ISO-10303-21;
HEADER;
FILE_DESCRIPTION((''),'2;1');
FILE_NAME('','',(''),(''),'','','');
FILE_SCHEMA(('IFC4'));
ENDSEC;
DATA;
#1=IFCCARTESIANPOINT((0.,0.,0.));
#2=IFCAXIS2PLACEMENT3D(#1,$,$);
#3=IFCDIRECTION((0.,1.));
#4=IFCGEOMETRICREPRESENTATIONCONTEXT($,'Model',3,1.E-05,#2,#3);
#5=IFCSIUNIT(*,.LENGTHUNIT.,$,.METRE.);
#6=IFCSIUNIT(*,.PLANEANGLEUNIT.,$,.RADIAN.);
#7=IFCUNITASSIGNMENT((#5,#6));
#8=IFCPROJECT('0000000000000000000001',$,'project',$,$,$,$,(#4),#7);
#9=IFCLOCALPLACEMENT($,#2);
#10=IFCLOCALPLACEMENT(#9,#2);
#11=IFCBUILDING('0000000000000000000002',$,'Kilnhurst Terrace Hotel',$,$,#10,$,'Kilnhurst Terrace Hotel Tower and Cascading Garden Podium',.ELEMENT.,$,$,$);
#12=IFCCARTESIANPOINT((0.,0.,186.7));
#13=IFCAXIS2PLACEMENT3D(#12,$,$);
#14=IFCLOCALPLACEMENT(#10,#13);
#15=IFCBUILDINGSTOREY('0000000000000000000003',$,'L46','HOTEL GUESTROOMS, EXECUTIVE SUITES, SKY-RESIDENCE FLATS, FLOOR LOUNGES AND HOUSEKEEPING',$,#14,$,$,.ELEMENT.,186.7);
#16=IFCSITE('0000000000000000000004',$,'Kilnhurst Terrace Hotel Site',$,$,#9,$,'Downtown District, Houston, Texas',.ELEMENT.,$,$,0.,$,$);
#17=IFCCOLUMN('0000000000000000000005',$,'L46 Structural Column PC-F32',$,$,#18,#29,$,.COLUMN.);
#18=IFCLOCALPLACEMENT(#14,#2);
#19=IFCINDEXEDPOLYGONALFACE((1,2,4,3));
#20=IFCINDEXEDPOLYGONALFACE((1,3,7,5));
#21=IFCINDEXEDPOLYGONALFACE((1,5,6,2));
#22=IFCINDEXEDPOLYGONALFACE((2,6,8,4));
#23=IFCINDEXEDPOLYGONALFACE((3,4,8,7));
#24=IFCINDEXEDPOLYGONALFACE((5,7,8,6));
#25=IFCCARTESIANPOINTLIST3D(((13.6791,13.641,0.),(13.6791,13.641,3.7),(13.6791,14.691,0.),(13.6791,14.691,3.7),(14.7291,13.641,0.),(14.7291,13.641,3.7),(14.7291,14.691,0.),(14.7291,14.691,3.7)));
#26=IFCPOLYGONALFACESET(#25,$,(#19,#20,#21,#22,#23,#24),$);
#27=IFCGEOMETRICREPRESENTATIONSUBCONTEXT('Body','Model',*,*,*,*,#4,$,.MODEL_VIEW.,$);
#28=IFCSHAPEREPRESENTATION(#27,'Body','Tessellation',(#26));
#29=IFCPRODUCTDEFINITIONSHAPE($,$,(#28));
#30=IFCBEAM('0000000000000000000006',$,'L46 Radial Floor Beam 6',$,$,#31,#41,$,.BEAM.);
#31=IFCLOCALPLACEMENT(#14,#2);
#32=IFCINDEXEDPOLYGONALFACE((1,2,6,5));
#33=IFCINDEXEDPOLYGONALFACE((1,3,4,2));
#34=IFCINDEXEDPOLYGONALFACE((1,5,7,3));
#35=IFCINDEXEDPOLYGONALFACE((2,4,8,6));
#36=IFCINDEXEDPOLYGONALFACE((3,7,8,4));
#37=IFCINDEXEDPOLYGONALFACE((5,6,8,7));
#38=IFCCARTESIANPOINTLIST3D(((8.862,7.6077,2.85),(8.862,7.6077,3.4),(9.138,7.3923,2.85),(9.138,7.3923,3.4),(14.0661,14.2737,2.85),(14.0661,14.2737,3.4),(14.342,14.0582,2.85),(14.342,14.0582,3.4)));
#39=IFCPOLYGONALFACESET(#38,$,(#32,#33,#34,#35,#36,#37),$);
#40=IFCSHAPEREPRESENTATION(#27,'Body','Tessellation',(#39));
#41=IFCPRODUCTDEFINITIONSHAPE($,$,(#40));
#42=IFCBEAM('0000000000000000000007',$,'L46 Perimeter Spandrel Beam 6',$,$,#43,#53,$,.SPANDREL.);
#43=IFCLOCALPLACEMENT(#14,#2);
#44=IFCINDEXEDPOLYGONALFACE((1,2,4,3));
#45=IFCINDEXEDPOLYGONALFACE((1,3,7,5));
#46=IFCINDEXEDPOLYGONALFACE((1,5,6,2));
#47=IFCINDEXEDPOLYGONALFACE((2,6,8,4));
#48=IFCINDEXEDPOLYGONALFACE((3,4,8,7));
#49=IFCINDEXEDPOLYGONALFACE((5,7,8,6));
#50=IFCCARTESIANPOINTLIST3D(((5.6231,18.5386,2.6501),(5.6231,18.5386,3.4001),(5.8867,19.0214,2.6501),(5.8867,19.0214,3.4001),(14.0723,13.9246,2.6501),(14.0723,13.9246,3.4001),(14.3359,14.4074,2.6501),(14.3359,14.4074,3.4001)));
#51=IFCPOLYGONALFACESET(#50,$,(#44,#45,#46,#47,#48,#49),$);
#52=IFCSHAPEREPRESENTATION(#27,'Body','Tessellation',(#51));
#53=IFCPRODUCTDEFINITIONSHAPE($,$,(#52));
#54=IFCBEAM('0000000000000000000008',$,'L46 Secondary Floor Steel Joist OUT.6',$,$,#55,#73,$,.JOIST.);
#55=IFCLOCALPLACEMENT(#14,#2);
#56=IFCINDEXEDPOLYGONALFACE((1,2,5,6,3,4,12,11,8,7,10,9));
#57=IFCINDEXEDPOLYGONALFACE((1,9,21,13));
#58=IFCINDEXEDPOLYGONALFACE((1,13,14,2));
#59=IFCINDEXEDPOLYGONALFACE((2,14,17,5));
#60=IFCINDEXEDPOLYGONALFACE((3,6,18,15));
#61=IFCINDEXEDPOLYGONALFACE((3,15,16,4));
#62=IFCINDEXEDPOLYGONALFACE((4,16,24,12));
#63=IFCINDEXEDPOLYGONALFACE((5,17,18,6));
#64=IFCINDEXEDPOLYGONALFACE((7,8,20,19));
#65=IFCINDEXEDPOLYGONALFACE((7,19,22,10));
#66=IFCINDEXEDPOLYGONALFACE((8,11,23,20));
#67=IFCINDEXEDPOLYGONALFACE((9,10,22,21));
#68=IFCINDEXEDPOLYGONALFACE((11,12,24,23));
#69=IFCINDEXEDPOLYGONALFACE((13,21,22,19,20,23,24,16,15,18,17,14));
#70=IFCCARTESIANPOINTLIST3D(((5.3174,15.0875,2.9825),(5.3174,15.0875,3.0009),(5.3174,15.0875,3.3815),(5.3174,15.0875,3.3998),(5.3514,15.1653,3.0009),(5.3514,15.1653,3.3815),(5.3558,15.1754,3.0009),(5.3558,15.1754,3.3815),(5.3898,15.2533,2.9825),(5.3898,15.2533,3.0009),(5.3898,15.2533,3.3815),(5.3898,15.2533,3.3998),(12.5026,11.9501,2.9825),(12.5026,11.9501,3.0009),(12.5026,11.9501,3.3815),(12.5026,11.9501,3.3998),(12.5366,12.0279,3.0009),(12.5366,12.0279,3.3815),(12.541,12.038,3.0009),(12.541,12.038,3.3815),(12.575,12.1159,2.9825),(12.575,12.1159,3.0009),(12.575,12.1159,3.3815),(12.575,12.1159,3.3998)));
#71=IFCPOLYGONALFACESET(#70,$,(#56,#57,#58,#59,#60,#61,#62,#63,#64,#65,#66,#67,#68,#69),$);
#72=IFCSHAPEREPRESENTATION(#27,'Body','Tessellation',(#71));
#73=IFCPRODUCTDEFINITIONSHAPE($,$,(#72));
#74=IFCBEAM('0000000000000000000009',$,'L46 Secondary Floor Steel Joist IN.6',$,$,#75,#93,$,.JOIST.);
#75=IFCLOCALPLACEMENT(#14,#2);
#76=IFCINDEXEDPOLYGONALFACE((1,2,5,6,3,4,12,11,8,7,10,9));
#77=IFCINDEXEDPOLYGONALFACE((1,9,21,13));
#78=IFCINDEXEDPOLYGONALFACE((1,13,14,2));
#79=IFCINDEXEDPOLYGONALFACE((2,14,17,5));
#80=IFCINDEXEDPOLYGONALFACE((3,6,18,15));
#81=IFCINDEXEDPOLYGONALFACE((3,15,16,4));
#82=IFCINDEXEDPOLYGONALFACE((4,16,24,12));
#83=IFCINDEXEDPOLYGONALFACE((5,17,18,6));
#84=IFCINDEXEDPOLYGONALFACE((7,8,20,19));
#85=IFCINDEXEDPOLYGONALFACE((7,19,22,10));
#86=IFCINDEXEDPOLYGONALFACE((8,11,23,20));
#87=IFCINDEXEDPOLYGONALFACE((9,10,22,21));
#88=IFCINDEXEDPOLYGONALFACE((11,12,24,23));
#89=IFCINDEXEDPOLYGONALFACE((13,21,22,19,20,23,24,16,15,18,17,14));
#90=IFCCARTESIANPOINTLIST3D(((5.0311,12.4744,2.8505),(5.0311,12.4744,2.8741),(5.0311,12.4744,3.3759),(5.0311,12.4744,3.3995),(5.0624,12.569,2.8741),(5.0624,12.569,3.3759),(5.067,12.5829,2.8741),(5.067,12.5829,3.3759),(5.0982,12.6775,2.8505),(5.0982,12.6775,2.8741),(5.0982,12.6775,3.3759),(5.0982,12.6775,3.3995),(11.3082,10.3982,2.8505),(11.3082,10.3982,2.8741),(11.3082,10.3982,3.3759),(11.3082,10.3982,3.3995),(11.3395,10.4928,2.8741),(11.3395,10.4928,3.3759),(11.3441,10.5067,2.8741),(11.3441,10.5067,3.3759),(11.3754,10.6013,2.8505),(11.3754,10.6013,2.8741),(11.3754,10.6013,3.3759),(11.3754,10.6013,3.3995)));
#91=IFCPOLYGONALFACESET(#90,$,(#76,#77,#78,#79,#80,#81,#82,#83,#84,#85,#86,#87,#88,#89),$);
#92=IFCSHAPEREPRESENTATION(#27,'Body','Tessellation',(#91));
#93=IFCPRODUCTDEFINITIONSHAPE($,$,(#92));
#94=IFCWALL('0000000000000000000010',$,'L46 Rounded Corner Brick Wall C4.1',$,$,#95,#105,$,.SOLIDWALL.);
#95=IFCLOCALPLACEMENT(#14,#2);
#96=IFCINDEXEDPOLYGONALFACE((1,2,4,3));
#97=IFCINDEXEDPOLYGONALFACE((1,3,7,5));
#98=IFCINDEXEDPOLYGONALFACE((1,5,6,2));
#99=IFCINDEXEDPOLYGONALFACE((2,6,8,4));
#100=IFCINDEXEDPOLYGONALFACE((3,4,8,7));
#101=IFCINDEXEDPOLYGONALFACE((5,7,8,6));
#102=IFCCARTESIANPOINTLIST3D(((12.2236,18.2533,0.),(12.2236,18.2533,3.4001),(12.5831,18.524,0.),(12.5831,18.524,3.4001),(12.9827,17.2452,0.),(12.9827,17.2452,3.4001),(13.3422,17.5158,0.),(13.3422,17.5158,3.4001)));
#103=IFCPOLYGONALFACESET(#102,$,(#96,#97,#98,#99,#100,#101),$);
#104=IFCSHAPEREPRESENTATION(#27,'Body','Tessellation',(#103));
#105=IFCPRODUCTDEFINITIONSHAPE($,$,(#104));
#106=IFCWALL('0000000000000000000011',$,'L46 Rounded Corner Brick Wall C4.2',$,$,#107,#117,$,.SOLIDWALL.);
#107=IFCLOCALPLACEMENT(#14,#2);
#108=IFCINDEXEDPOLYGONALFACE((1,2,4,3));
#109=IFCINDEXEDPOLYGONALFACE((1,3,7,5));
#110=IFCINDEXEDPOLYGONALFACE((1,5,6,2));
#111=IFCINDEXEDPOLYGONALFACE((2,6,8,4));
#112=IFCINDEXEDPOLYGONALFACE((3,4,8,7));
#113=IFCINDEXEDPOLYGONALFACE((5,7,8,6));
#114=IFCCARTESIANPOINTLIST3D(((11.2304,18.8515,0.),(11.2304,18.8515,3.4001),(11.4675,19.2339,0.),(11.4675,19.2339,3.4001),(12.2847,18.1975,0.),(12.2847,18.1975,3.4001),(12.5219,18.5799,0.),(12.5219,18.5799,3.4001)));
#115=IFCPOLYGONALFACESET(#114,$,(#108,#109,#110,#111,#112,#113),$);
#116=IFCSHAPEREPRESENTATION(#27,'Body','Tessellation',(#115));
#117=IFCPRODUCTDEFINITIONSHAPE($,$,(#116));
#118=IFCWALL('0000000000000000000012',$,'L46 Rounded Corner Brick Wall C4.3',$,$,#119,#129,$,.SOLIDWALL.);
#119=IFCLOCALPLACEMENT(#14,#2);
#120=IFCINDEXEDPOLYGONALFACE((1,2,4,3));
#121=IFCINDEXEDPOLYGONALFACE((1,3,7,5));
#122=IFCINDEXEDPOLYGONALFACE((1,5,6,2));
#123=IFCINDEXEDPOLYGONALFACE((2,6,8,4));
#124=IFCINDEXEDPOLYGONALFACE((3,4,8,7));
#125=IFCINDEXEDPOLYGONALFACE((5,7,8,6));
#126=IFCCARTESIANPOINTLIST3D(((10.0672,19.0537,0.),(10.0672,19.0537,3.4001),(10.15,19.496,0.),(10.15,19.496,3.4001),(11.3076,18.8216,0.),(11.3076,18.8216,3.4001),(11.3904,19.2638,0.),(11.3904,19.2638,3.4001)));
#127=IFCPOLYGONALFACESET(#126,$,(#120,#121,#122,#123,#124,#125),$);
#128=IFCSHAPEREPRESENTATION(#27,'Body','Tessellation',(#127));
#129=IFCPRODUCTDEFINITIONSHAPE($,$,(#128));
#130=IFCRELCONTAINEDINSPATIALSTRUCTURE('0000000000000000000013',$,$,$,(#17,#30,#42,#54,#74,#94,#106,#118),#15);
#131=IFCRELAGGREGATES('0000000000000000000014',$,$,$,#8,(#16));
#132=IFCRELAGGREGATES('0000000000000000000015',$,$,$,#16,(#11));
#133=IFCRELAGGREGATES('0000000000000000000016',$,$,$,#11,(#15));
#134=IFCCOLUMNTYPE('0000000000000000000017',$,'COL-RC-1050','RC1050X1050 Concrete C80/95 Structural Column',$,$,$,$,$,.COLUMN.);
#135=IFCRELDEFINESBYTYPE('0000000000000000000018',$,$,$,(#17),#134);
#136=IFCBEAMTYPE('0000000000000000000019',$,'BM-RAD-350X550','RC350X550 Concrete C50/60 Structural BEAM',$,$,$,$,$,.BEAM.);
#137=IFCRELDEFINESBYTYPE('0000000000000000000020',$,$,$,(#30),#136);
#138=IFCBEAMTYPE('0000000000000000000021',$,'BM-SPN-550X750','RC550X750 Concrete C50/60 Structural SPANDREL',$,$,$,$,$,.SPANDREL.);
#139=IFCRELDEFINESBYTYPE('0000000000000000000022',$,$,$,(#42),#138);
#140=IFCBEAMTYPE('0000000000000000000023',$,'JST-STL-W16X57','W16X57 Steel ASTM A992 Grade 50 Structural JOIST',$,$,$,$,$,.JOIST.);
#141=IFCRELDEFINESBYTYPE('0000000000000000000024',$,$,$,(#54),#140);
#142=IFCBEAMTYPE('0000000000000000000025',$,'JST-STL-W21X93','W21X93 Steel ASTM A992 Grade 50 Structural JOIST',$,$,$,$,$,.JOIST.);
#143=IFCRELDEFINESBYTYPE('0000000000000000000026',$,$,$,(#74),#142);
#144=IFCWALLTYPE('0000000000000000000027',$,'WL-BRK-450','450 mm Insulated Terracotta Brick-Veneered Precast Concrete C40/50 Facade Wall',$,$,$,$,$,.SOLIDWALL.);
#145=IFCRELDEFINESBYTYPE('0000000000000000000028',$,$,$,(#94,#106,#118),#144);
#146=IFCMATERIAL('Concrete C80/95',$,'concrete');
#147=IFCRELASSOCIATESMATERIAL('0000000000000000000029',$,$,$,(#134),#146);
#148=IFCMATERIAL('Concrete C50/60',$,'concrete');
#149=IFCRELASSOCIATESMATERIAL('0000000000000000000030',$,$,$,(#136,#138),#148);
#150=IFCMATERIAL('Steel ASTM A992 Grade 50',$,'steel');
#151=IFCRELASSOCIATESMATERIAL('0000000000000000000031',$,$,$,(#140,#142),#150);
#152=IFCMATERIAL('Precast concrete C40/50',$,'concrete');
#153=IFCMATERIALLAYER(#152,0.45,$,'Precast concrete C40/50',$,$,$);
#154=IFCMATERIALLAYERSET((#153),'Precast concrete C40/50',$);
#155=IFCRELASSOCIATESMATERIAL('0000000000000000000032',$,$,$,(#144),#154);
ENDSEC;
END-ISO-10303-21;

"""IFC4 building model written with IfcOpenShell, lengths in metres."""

from ifc_helpers import new_model, si_unit, direction, frame, frame_2d, origin, origin_2d, place, context, subcontext, project, spatial, rectangle, i_section, extrude, material, layer, layer_set, material_profile, profile_set, type_object, element, save


model = new_model("IFC4")

# Units and contexts
model_context = context("Model", 3, precision=1e-05, world=origin(), true_north=direction((0.0, 1.0)))
body_context = subcontext(model_context, "Body", "Model", "MODEL_VIEW")
ifc_project = project(units=[si_unit("LENGTHUNIT", "METRE"), si_unit("PLANEANGLEUNIT", "RADIAN")], contexts=[model_context])

# Site, building, storey
site_placement = place(None, origin())
site = spatial("IfcSite", under=ifc_project, at=site_placement, Name="Kilnhurst Terrace Hotel Site", LongName="Downtown District, Houston, Texas", CompositionType="ELEMENT", RefElevation=0.0)
building_placement = place(site_placement, origin())
building = spatial("IfcBuilding", under=site, at=building_placement, Name="Kilnhurst Terrace Hotel", LongName="Kilnhurst Terrace Hotel Tower and Cascading Garden Podium", CompositionType="ELEMENT")
storey_placement = place(building_placement, frame((0.0, 0.0, 186.7)))
storey = spatial("IfcBuildingStorey", under=building, at=storey_placement, Name="L46", Description="HOTEL GUESTROOMS, EXECUTIVE SUITES, SKY-RESIDENCE FLATS, FLOOR LOUNGES AND HOUSEKEEPING", CompositionType="ELEMENT", Elevation=186.7)

# Column
ifc_material_1 = material(Name="Concrete C80/95", Category="concrete")
ifc_material_profile_1 = material_profile(ifc_material_1, rectangle(XDim=1.05, YDim=1.05, at=origin_2d()), Name="RC1050X1050")
ifc_profile_set_1 = profile_set([ifc_material_profile_1], Name="Concrete C80/95")
column_type = type_object("IfcColumnType", Name="COL-RC-1050", Description="RC1050X1050 Concrete C80/95 Structural Column", PredefinedType="COLUMN", material=ifc_profile_set_1)
column_placement = place(storey_placement, frame((14.2041, 14.166, 0.0), z_axis=(0.0, 0.0, 1.0), x_axis=(1.0, 0.0, 0.0)))
element("IfcColumn", 1, at=column_placement, inside=storey, type_object=column_type, Name="L46 Structural Column PC-F32", PredefinedType="COLUMN", context=body_context, shape_type="SweptSolid", body=[
    extrude(rectangle(XDim=1.05, YDim=1.05, at=origin_2d()), origin(), (0.0, 0.0, 1.0), 3.7),
])

# Beams
ifc_material_2 = material(Name="Concrete C50/60", Category="concrete")
ifc_material_profile_2 = material_profile(ifc_material_2, rectangle(XDim=0.3501, YDim=0.55, at=origin_2d()), Name="RC350X550")
ifc_profile_set_2 = profile_set([ifc_material_profile_2], Name="Concrete C50/60")
beam_type_1 = type_object("IfcBeamType", Name="BM-RAD-350X550", Description="RC350X550 Concrete C50/60 Structural BEAM", PredefinedType="BEAM", material=ifc_profile_set_2)
beam_1_placement = place(storey_placement, frame((9.0, 7.5, 3.125), z_axis=(0.615371, 0.788238, 0.0), x_axis=(-0.788238, 0.615371, 0.0)))
element("IfcBeam", 2, at=beam_1_placement, inside=storey, type_object=beam_type_1, Name="L46 Radial Floor Beam 6", PredefinedType="BEAM", context=body_context, shape_type="SweptSolid", body=[
    extrude(rectangle(XDim=0.3501, YDim=0.55, at=origin_2d()), origin(), (0.0, 0.0, 1.0), 8.4568),
])
ifc_material_profile_3 = material_profile(ifc_material_2, rectangle(XDim=0.55, YDim=0.75, at=origin_2d()), Name="RC550X750")
ifc_profile_set_3 = profile_set([ifc_material_profile_3], Name="Concrete C50/60")
beam_type_2 = type_object("IfcBeamType", Name="BM-SPN-550X750", Description="RC550X750 Concrete C50/60 Structural SPANDREL", PredefinedType="SPANDREL", material=ifc_profile_set_3)
beam_2_placement = place(storey_placement, frame((14.2041, 14.166, 3.0251), z_axis=(-0.877662, 0.47928, 0.0), x_axis=(-0.47928, -0.877662, 0.0)))
element("IfcBeam", 3, at=beam_2_placement, inside=storey, type_object=beam_type_2, Name="L46 Perimeter Spandrel Beam 6", PredefinedType="SPANDREL", context=body_context, shape_type="SweptSolid", body=[
    extrude(rectangle(XDim=0.55, YDim=0.75, at=origin_2d()), origin(), (0.0, 0.0, 1.0), 9.627),
])
ifc_material_3 = material(Name="Steel ASTM A992 Grade 50", Category="steel")
ifc_material_profile_4 = material_profile(ifc_material_3, i_section(OverallWidth=0.1809, OverallDepth=0.4172, WebThickness=0.011, FlangeThickness=0.0183, at=origin_2d()), Name="W16X57")
ifc_profile_set_4 = profile_set([ifc_material_profile_4], Name="Steel ASTM A992 Grade 50")
beam_type_3 = type_object("IfcBeamType", Name="JST-STL-W16X57", Description="W16X57 Steel ASTM A992 Grade 50 Structural JOIST", PredefinedType="JOIST", material=ifc_profile_set_4)
beam_3_placement = place(storey_placement, frame((12.5388, 12.033, 3.1912), z_axis=(-0.916444, 0.400164, 0.0), x_axis=(-0.400164, -0.916444, 0.0)))
element("IfcBeam", 4, at=beam_3_placement, inside=storey, type_object=beam_type_3, Name="L46 Secondary Floor Steel Joist OUT.6", PredefinedType="JOIST", context=body_context, shape_type="SweptSolid", body=[
    extrude(i_section(OverallWidth=0.1809, OverallDepth=0.4172, WebThickness=0.011, FlangeThickness=0.0183, at=origin_2d()), origin(), (0.0, 0.0, 1.0), 7.8403),
])
ifc_material_profile_5 = material_profile(ifc_material_3, i_section(OverallWidth=0.2139, OverallDepth=0.5491, WebThickness=0.0146, FlangeThickness=0.0237, at=origin_2d()), Name="W21X93")
ifc_profile_set_5 = profile_set([ifc_material_profile_5], Name="Steel ASTM A992 Grade 50")
beam_type_4 = type_object("IfcBeamType", Name="JST-STL-W21X93", Description="W21X93 Steel ASTM A992 Grade 50 Structural JOIST", PredefinedType="JOIST", material=ifc_profile_set_5)
beam_4_placement = place(storey_placement, frame((11.3418, 10.4998, 3.125), z_axis=(-0.949416, 0.314022, 0.0), x_axis=(-0.314022, -0.949416, 0.0)))
element("IfcBeam", 5, at=beam_4_placement, inside=storey, type_object=beam_type_4, Name="L46 Secondary Floor Steel Joist IN.6", PredefinedType="JOIST", context=body_context, shape_type="SweptSolid", body=[
    extrude(i_section(OverallWidth=0.2139, OverallDepth=0.5491, WebThickness=0.0146, FlangeThickness=0.0237, at=origin_2d()), origin(), (0.0, 0.0, 1.0), 6.6116),
])

# Walls
ifc_material_4 = material(Name="Precast concrete C40/50", Category="concrete")
ifc_layer_1 = layer(ifc_material_4, 0.45, Name="Precast concrete C40/50")
ifc_layer_set_1 = layer_set([ifc_layer_1], Name="Precast concrete C40/50")
wall_type_1 = type_object("IfcWallType", Name="WL-BRK-450", Description="450 mm Insulated Terracotta Brick-Veneered Precast Concrete C40/50 Facade Wall", PredefinedType="SOLIDWALL", material=ifc_layer_set_1)
wall_1_placement = place(storey_placement, frame((13.1624, 17.3806, 0.0), z_axis=(0.0, 0.0, 1.0), x_axis=(-0.601516, 0.798861, 0.0)))
element("IfcWall", 6, at=wall_1_placement, inside=storey, type_object=wall_type_1, Name="L46 Rounded Corner Brick Wall C4.1", PredefinedType="SOLIDWALL", context=body_context, shape_type="SweptSolid", body=[
    extrude(rectangle(XDim=1.262, YDim=0.45, at=frame_2d((0.6309, 0.0))), origin(), (0.0, 0.0, 1.0), 3.4001),
])
wall_2_placement = place(storey_placement, frame((12.4033, 18.3887, 0.0), z_axis=(0.0, 0.0, 1.0), x_axis=(-0.849795, 0.527113, 0.0)))
element("IfcWall", 7, at=wall_2_placement, inside=storey, type_object=wall_type_1, Name="L46 Rounded Corner Brick Wall C4.2", PredefinedType="SOLIDWALL", context=body_context, shape_type="SweptSolid", body=[
    extrude(rectangle(XDim=1.2407, YDim=0.45, at=frame_2d((0.6204, 0.0))), origin(), (0.0, 0.0, 1.0), 3.4001),
])
wall_3_placement = place(storey_placement, frame((11.3489, 19.0427, 0.0), z_axis=(0.0, 0.0, 1.0), x_axis=(-0.982931, 0.183973, 0.0)))
element("IfcWall", 8, at=wall_3_placement, inside=storey, type_object=wall_type_1, Name="L46 Rounded Corner Brick Wall C4.3", PredefinedType="SOLIDWALL", context=body_context, shape_type="SweptSolid", body=[
    extrude(rectangle(XDim=1.262, YDim=0.45, at=frame_2d((0.6309, 0.0))), origin(), (0.0, 0.0, 1.0), 3.4001),
])

save(model, "model.ifc")
